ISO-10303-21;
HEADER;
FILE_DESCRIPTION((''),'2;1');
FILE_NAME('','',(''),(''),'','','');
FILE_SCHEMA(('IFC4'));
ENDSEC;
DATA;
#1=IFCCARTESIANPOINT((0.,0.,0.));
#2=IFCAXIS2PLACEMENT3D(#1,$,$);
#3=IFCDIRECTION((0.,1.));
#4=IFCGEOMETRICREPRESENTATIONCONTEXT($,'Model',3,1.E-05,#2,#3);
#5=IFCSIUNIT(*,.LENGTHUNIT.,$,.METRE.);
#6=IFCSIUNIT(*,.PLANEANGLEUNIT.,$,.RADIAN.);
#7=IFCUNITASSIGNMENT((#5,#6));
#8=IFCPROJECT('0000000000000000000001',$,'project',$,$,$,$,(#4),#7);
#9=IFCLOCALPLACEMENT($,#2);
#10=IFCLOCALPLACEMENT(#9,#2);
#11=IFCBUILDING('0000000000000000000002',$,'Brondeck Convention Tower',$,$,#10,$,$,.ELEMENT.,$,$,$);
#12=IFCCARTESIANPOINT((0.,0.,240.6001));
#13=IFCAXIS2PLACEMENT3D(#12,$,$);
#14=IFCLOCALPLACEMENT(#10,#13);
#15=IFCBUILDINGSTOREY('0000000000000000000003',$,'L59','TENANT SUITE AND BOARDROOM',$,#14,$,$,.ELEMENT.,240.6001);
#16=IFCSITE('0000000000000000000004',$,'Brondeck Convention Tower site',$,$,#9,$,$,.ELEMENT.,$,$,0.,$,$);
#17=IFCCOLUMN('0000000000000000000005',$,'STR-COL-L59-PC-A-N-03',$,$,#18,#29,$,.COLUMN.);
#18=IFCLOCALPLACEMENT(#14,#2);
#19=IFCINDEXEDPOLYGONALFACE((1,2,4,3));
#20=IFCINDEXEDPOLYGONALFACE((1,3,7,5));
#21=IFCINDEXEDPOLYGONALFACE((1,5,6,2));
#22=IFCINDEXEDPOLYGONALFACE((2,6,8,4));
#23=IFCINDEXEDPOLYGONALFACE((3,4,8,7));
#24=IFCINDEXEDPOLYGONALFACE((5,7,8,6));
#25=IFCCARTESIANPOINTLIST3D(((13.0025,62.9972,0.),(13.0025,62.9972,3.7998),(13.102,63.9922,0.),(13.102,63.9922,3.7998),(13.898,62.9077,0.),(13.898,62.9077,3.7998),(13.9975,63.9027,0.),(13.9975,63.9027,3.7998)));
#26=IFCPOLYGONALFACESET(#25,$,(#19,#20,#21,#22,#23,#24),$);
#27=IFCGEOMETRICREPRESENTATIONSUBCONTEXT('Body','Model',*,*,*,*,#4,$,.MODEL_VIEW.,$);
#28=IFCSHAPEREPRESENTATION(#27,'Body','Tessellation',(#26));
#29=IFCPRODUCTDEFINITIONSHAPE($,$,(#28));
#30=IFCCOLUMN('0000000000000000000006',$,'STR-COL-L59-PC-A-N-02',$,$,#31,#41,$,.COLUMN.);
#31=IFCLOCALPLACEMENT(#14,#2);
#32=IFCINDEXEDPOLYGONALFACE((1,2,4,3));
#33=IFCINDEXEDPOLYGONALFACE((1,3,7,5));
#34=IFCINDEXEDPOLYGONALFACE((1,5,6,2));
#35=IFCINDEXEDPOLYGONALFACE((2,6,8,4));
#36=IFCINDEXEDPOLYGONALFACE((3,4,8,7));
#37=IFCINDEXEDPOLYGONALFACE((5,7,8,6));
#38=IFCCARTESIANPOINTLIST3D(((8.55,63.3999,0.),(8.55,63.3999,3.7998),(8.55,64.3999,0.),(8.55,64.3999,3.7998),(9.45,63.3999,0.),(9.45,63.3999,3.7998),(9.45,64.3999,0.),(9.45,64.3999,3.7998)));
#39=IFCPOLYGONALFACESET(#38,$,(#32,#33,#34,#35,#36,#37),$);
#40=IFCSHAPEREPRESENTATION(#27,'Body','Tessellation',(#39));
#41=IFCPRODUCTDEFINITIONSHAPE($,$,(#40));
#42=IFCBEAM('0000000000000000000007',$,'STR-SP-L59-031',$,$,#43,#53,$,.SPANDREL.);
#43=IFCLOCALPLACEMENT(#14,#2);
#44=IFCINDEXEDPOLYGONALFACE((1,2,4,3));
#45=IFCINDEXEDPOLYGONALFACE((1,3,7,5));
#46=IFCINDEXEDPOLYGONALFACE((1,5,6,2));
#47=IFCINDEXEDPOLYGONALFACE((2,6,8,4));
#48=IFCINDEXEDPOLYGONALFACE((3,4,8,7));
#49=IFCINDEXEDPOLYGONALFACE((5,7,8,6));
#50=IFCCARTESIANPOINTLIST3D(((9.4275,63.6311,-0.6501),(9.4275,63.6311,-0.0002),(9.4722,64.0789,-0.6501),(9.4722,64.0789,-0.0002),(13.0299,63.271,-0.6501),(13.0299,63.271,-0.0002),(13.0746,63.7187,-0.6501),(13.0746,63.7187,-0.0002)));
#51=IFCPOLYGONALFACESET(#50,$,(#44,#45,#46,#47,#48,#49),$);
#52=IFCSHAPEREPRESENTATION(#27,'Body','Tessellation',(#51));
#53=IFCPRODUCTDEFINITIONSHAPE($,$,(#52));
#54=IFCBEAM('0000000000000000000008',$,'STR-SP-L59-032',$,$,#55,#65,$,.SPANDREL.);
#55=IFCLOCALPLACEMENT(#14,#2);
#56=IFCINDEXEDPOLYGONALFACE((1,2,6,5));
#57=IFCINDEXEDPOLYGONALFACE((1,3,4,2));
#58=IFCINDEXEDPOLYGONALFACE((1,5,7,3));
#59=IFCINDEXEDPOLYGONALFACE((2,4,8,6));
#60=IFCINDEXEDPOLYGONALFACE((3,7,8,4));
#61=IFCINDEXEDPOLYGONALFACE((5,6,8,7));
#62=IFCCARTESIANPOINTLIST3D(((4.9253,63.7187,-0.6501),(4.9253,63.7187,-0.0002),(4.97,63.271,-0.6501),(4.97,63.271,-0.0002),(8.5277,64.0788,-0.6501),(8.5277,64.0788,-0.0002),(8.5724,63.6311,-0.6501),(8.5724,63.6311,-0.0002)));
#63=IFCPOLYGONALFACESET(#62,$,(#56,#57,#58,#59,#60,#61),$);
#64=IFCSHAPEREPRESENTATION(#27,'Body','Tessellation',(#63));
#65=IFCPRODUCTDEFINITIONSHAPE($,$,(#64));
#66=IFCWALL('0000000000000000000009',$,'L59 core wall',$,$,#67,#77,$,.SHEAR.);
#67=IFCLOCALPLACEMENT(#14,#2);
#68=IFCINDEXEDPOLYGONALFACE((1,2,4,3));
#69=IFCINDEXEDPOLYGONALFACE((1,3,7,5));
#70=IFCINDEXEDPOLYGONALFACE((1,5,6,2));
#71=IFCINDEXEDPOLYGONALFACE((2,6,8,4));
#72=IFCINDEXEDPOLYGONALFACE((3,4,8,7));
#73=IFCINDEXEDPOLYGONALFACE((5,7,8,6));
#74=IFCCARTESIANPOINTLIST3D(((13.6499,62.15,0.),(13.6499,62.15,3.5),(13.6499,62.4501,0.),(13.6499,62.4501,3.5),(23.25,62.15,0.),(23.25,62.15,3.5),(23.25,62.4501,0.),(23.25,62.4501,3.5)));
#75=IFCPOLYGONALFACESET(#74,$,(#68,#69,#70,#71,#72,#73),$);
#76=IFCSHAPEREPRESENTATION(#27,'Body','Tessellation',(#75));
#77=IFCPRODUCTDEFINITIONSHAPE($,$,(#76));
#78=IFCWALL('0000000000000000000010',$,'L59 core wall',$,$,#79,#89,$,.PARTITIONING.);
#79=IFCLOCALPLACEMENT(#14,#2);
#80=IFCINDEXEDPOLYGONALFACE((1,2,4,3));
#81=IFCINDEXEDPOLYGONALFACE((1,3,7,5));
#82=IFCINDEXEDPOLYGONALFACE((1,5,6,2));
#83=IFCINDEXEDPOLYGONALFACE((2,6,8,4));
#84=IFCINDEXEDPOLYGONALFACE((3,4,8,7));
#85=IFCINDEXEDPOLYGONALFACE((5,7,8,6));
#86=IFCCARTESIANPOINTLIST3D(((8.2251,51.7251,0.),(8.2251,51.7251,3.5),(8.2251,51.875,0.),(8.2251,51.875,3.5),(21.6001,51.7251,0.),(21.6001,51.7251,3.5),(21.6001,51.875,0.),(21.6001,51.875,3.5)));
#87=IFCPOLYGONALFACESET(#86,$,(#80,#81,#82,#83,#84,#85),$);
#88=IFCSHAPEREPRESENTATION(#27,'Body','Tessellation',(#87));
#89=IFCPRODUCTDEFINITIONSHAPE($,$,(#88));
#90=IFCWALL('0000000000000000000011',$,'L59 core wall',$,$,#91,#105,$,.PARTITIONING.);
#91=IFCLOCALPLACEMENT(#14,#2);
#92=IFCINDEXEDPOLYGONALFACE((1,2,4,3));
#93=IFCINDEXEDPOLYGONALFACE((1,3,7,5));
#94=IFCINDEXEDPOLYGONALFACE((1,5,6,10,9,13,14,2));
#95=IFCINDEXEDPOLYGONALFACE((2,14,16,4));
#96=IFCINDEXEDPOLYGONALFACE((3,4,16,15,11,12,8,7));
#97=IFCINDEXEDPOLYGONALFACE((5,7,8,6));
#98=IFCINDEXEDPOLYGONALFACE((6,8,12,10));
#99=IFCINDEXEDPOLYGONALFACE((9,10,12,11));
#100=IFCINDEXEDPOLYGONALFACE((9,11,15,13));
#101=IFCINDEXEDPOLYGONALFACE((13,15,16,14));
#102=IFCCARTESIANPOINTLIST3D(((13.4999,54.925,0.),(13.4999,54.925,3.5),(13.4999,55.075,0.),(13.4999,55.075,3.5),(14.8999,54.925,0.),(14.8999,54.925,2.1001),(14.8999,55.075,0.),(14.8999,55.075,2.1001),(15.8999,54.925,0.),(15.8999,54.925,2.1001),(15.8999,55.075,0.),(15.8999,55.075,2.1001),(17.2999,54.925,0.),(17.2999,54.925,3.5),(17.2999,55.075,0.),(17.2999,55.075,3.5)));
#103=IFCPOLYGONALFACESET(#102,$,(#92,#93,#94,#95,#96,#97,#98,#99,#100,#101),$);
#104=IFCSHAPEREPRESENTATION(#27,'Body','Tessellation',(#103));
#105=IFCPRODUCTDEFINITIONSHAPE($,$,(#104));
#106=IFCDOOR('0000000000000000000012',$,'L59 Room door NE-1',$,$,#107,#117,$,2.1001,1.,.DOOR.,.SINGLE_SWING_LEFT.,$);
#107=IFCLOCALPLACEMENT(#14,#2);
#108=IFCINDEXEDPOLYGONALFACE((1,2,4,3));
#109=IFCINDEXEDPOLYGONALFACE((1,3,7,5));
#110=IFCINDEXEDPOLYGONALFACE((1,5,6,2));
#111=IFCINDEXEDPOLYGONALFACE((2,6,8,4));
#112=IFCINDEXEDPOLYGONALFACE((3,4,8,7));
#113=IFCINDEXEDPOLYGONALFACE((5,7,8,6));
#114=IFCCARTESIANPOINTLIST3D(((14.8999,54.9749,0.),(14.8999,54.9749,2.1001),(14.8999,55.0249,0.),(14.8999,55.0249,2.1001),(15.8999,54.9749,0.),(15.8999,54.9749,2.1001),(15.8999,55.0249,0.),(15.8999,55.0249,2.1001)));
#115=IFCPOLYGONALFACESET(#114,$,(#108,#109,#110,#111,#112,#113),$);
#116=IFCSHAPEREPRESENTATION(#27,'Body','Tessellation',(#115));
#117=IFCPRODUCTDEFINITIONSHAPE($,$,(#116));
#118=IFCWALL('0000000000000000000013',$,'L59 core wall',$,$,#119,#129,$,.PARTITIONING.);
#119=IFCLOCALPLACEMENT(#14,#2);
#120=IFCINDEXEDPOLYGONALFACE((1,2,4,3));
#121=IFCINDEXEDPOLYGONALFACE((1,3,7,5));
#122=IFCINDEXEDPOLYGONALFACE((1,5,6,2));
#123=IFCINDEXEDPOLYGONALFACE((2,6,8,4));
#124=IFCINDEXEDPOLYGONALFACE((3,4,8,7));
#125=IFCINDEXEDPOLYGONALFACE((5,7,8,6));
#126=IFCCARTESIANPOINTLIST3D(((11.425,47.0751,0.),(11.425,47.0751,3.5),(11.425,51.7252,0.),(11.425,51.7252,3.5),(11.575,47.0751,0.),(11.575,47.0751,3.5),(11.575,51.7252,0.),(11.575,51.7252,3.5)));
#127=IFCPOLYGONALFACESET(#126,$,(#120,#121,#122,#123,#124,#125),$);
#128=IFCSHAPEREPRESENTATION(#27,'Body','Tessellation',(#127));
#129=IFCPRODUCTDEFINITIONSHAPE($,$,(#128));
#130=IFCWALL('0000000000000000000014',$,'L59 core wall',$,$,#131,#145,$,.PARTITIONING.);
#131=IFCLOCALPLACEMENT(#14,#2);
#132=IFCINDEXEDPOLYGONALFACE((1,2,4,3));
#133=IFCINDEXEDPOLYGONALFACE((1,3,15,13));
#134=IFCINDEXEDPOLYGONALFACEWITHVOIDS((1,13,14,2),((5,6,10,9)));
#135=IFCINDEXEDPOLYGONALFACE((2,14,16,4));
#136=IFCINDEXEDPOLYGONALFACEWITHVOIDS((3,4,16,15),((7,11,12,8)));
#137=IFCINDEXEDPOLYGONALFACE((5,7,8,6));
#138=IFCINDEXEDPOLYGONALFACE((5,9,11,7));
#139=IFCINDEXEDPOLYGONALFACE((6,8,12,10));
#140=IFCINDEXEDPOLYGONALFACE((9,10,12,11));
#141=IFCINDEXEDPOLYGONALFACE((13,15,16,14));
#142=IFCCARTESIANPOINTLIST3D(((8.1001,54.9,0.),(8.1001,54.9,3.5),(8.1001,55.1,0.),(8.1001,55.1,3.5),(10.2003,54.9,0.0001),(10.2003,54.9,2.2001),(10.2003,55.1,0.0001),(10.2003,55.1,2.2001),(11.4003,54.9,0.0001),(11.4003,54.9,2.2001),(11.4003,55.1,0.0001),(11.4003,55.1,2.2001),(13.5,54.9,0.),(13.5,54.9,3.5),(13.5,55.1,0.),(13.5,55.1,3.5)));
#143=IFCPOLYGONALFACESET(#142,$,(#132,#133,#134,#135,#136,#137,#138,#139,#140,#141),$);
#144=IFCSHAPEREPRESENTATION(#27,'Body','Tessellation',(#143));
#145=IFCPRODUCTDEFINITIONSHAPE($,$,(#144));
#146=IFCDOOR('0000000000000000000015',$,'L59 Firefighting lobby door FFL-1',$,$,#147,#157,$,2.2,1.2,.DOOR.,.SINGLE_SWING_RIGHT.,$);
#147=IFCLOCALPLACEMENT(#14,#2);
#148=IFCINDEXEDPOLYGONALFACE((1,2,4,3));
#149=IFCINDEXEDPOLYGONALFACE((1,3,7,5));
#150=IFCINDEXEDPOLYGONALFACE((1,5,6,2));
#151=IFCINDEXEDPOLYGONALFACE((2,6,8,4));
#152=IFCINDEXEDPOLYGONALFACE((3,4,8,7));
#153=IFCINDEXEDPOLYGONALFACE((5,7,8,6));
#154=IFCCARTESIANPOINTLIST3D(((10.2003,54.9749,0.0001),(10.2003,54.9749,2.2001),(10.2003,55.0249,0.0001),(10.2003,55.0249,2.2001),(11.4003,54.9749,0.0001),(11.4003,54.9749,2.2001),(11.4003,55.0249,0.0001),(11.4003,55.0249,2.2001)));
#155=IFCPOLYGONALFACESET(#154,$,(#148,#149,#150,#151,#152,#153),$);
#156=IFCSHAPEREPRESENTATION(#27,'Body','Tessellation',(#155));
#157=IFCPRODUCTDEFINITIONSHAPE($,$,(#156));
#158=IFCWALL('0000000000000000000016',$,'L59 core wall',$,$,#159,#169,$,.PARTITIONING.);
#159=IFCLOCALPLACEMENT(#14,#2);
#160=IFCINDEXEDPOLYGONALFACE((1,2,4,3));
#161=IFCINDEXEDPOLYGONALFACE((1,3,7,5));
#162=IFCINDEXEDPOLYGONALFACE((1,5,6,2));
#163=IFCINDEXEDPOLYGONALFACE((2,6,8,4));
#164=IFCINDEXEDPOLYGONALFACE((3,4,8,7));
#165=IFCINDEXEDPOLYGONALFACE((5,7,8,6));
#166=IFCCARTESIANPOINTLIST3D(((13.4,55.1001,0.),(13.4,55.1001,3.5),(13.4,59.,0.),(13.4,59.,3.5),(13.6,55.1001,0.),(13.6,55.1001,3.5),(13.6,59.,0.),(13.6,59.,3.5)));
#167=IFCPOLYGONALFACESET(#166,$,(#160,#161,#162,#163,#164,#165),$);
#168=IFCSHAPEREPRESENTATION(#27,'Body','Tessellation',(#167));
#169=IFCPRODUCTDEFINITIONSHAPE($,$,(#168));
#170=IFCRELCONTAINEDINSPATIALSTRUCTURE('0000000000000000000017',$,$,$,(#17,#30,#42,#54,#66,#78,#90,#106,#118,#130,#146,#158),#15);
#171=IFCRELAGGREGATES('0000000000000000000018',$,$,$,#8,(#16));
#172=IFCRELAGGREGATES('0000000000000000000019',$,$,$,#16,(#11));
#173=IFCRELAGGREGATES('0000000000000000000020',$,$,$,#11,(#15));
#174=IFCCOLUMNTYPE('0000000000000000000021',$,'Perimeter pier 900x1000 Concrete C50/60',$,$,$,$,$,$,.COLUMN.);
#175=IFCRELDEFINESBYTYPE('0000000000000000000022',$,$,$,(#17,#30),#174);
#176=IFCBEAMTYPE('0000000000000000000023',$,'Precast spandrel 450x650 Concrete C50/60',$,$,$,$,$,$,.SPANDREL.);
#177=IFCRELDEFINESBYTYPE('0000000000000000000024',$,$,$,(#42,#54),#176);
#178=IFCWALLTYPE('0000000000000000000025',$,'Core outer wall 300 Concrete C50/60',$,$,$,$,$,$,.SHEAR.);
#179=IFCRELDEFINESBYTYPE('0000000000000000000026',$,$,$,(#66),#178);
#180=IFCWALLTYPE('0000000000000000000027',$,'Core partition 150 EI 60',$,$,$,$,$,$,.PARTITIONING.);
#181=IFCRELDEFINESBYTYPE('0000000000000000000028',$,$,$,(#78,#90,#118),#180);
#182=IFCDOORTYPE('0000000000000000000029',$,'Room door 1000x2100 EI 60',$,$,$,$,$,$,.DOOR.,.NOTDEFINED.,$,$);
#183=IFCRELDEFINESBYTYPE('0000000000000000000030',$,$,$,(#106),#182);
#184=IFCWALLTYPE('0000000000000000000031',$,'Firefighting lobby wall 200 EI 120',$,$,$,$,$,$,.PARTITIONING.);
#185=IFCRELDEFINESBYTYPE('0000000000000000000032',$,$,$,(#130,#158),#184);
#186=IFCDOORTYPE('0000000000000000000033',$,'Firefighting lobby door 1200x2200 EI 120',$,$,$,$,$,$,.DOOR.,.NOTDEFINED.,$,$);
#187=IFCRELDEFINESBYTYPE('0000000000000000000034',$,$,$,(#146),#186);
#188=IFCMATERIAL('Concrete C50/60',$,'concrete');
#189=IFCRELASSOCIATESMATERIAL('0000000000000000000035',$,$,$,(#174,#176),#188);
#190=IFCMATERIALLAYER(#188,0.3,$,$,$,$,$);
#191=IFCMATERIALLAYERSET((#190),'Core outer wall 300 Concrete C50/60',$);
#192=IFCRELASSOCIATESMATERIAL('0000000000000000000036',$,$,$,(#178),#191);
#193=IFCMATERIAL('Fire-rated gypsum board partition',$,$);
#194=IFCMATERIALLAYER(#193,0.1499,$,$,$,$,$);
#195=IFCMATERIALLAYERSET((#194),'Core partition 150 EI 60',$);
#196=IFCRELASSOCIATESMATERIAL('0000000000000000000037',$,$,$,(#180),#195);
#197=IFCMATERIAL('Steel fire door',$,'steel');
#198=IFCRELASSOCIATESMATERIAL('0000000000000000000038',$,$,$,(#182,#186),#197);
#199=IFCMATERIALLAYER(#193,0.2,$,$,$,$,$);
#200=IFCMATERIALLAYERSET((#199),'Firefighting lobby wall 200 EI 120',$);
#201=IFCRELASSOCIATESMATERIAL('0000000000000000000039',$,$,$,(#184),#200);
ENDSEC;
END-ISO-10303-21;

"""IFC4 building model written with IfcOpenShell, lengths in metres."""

from ifc_helpers import new_model, si_unit, direction, frame, frame_2d, origin, origin_2d, place, context, subcontext, project, spatial, rectangle, extrude, material, layer, layer_set, material_profile, profile_set, type_object, element, fill, save


model = new_model("IFC4")

# Units and contexts
model_context = context("Model", 3, precision=1e-05, world=origin(), true_north=direction((0.0, 1.0)))
body_context = subcontext(model_context, "Body", "Model", "MODEL_VIEW")
ifc_project = project(units=[si_unit("LENGTHUNIT", "METRE"), si_unit("PLANEANGLEUNIT", "RADIAN")], contexts=[model_context])

# Site, building, storey
site_placement = place(None, origin())
site = spatial("IfcSite", under=ifc_project, at=site_placement, Name="Brondeck Convention Tower site", CompositionType="ELEMENT", RefElevation=0.0)
building_placement = place(site_placement, origin())
building = spatial("IfcBuilding", under=site, at=building_placement, Name="Brondeck Convention Tower", CompositionType="ELEMENT")
storey_placement = place(building_placement, frame((0.0, 0.0, 240.6001)))
storey = spatial("IfcBuildingStorey", under=building, at=storey_placement, Name="L59", Description="TENANT SUITE AND BOARDROOM", CompositionType="ELEMENT", Elevation=240.6001)

# Columns
ifc_material_1 = material(Name="Concrete C50/60", Category="concrete")
ifc_material_profile_1 = material_profile(ifc_material_1, rectangle(XDim=0.8999, YDim=1.0, at=origin_2d()), Name="Perimeter pier 900x1000 Concrete C50/60")
ifc_profile_set_1 = profile_set([ifc_material_profile_1], Name="Concrete C50/60")
column_type = type_object("IfcColumnType", Name="Perimeter pier 900x1000 Concrete C50/60", PredefinedType="COLUMN", material=ifc_profile_set_1)
for number, where, z_axis, x_axis, name in (
    (1, (13.5, 63.45, 0.0), (0.0, 0.0, 1.0), (-0.995037, 0.099504, 0.0), "STR-COL-L59-PC-A-N-03"),
    (2, (9.0, 63.8999, 0.0), (0.0, 0.0, 1.0), (-1.0, 0.0, 0.0), "STR-COL-L59-PC-A-N-02"),
):
    element("IfcColumn", number, at=place(storey_placement, frame(where, z_axis=z_axis, x_axis=x_axis)), inside=storey, type_object=column_type, Name=name, PredefinedType="COLUMN", context=body_context, shape_type="SweptSolid", body=[
        extrude(rectangle(XDim=0.8999, YDim=1.0, at=origin_2d()), origin(), (0.0, 0.0, 1.0), 3.7998),
    ])

# Beams
ifc_material_profile_2 = material_profile(ifc_material_1, rectangle(XDim=0.45, YDim=0.6499, at=origin_2d()), Name="Precast spandrel 450x650 Concrete C50/60")
ifc_profile_set_2 = profile_set([ifc_material_profile_2], Name="Concrete C50/60")
beam_type = type_object("IfcBeamType", Name="Precast spandrel 450x650 Concrete C50/60", PredefinedType="SPANDREL", material=ifc_profile_set_2)
for number, where, z_axis, x_axis, name in (
    (3, (13.0522, 63.4949, -0.3252), (-0.995041, 0.09947, 0.0), (-0.09947, -0.995041, 0.0), "STR-SP-L59-031"),
    (4, (8.55, 63.855, -0.3252), (-0.995041, -0.09947, 0.0), (0.09947, -0.995041, 0.0), "STR-SP-L59-032"),
):
    element("IfcBeam", number, at=place(storey_placement, frame(where, z_axis=z_axis, x_axis=x_axis)), inside=storey, type_object=beam_type, Name=name, PredefinedType="SPANDREL", context=body_context, shape_type="SweptSolid", body=[
        extrude(rectangle(XDim=0.45, YDim=0.6499, at=origin_2d()), origin(), (0.0, 0.0, 1.0), 3.6204),
    ])

# Walls
ifc_layer_1 = layer(ifc_material_1, 0.3)
ifc_layer_set_1 = layer_set([ifc_layer_1], Name="Core outer wall 300 Concrete C50/60")
wall_type_1 = type_object("IfcWallType", Name="Core outer wall 300 Concrete C50/60", PredefinedType="SHEAR", material=ifc_layer_set_1)
wall_1_placement = place(storey_placement, frame((13.6499, 62.3, 0.0), z_axis=(0.0, 0.0, 1.0), x_axis=(1.0, 0.0, 0.0)))
element("IfcWall", 5, at=wall_1_placement, inside=storey, type_object=wall_type_1, Name="L59 core wall", PredefinedType="SHEAR", context=body_context, shape_type="SweptSolid", body=[
    extrude(rectangle(XDim=9.6001, YDim=0.3, at=frame_2d((4.8, 0.0))), origin(), (0.0, 0.0, 1.0), 3.5),
])
ifc_material_2 = material(Name="Fire-rated gypsum board partition")
ifc_layer_2 = layer(ifc_material_2, 0.1499)
ifc_layer_set_2 = layer_set([ifc_layer_2], Name="Core partition 150 EI 60")
wall_type_2 = type_object("IfcWallType", Name="Core partition 150 EI 60", PredefinedType="PARTITIONING", material=ifc_layer_set_2)
wall_2_placement = place(storey_placement, frame((8.2251, 51.8, 0.0), z_axis=(0.0, 0.0, 1.0), x_axis=(1.0, 0.0, 0.0)))
element("IfcWall", 6, at=wall_2_placement, inside=storey, type_object=wall_type_2, Name="L59 core wall", PredefinedType="PARTITIONING", context=body_context, shape_type="SweptSolid", body=[
    extrude(rectangle(XDim=13.375, YDim=0.1499, at=frame_2d((6.6875, 0.0))), origin(), (0.0, 0.0, 1.0), 3.5),
])

# Wall, opening, door
wall_3_placement = place(storey_placement, frame((13.5, 55.0, 0.0), z_axis=(0.0, 0.0, 1.0), x_axis=(1.0, 0.0, 0.0)))
wall_3 = element("IfcWall", 7, at=wall_3_placement, inside=storey, type_object=wall_type_2, Name="L59 core wall", PredefinedType="PARTITIONING", context=body_context, shape_type="SweptSolid", body=[
    extrude(rectangle(XDim=3.8, YDim=0.1499, at=frame_2d((1.8999, 0.0))), origin(), (0.0, 0.0, 1.0), 3.5),
])
opening_1_placement = place(wall_3_placement, frame((1.3999, 0.0, 0.0)))
opening_1 = element("IfcOpeningElement", 8, at=opening_1_placement, cuts=wall_3, PredefinedType="OPENING", context=body_context, shape_type="SweptSolid", body=[
    extrude(rectangle(XDim=1.0, YDim=2.1001, at=frame_2d((0.5, 1.05))), frame((0.0, 0.085, 0.0), z_axis=(0.0, -1.0, 0.0), x_axis=(1.0, 0.0, 0.0)), (0.0, 0.0, 1.0), 0.1699),
])
ifc_material_3 = material(Name="Steel fire door", Category="steel")
door_type_1 = type_object("IfcDoorType", Name="Room door 1000x2100 EI 60", OperationType="NOTDEFINED", PredefinedType="DOOR", material=ifc_material_3)
door_1_placement = place(opening_1_placement, origin())
door_1 = element("IfcDoor", 9, at=door_1_placement, inside=storey, type_object=door_type_1, Name="L59 Room door NE-1", OperationType="SINGLE_SWING_LEFT", OverallHeight=2.1001, OverallWidth=1.0, PredefinedType="DOOR", context=body_context, shape_type="SweptSolid", body=[
    extrude(rectangle(XDim=1.0, YDim=2.1001, at=frame_2d((0.5, 1.05))), frame((0.0, 0.0249, 0.0), z_axis=(0.0, -1.0, 0.0), x_axis=(1.0, 0.0, 0.0)), (0.0, 0.0, 1.0), 0.05),
])
fill(opening_1, door_1)

# Wall
wall_4_placement = place(storey_placement, frame((11.5, 47.075, 0.0), z_axis=(0.0, 0.0, 1.0), x_axis=(0.0, 1.0, 0.0)))
element("IfcWall", 10, at=wall_4_placement, inside=storey, type_object=wall_type_2, Name="L59 core wall", PredefinedType="PARTITIONING", context=body_context, shape_type="SweptSolid", body=[
    extrude(rectangle(XDim=4.6501, YDim=0.1499, at=frame_2d((2.3252, 0.0))), origin(), (0.0, 0.0, 1.0), 3.5),
])

# Wall, opening, door
ifc_layer_3 = layer(ifc_material_2, 0.2)
ifc_layer_set_3 = layer_set([ifc_layer_3], Name="Firefighting lobby wall 200 EI 120")
wall_type_3 = type_object("IfcWallType", Name="Firefighting lobby wall 200 EI 120", PredefinedType="PARTITIONING", material=ifc_layer_set_3)
wall_5_placement = place(storey_placement, frame((8.1001, 55.0, 0.0), z_axis=(0.0, 0.0, 1.0), x_axis=(1.0, 0.0, 0.0)))
wall_5 = element("IfcWall", 11, at=wall_5_placement, inside=storey, type_object=wall_type_3, Name="L59 core wall", PredefinedType="PARTITIONING", context=body_context, shape_type="SweptSolid", body=[
    extrude(rectangle(XDim=5.3999, YDim=0.2, at=frame_2d((2.7, 0.0))), origin(), (0.0, 0.0, 1.0), 3.5),
])
opening_2_placement = place(wall_5_placement, frame((2.1001, 0.0, 0.0)))
opening_2 = element("IfcOpeningElement", 12, at=opening_2_placement, cuts=wall_5, PredefinedType="OPENING", context=body_context, shape_type="SweptSolid", body=[
    extrude(rectangle(XDim=1.2, YDim=2.2, at=frame_2d((0.6001, 1.1001))), frame((0.0, 0.1099, 0.0), z_axis=(0.0, -1.0, 0.0), x_axis=(1.0, 0.0, 0.0)), (0.0, 0.0, 1.0), 0.22),
])
door_type_2 = type_object("IfcDoorType", Name="Firefighting lobby door 1200x2200 EI 120", OperationType="NOTDEFINED", PredefinedType="DOOR", material=ifc_material_3)
door_2_placement = place(opening_2_placement, origin())
door_2 = element("IfcDoor", 13, at=door_2_placement, inside=storey, type_object=door_type_2, Name="L59 Firefighting lobby door FFL-1", OperationType="SINGLE_SWING_RIGHT", OverallHeight=2.2, OverallWidth=1.2, PredefinedType="DOOR", context=body_context, shape_type="SweptSolid", body=[
    extrude(rectangle(XDim=1.2, YDim=2.2, at=frame_2d((0.6001, 1.1001))), frame((0.0, 0.0249, 0.0), z_axis=(0.0, -1.0, 0.0), x_axis=(1.0, 0.0, 0.0)), (0.0, 0.0, 1.0), 0.05),
])
fill(opening_2, door_2)

# Wall
wall_6_placement = place(storey_placement, frame((13.5, 55.1001, 0.0), z_axis=(0.0, 0.0, 1.0), x_axis=(0.0, 1.0, 0.0)))
element("IfcWall", 14, at=wall_6_placement, inside=storey, type_object=wall_type_3, Name="L59 core wall", PredefinedType="PARTITIONING", context=body_context, shape_type="SweptSolid", body=[
    extrude(rectangle(XDim=3.8999, YDim=0.2, at=frame_2d((1.95, 0.0))), origin(), (0.0, 0.0, 1.0), 3.5),
])

save(model, "model.ifc")
